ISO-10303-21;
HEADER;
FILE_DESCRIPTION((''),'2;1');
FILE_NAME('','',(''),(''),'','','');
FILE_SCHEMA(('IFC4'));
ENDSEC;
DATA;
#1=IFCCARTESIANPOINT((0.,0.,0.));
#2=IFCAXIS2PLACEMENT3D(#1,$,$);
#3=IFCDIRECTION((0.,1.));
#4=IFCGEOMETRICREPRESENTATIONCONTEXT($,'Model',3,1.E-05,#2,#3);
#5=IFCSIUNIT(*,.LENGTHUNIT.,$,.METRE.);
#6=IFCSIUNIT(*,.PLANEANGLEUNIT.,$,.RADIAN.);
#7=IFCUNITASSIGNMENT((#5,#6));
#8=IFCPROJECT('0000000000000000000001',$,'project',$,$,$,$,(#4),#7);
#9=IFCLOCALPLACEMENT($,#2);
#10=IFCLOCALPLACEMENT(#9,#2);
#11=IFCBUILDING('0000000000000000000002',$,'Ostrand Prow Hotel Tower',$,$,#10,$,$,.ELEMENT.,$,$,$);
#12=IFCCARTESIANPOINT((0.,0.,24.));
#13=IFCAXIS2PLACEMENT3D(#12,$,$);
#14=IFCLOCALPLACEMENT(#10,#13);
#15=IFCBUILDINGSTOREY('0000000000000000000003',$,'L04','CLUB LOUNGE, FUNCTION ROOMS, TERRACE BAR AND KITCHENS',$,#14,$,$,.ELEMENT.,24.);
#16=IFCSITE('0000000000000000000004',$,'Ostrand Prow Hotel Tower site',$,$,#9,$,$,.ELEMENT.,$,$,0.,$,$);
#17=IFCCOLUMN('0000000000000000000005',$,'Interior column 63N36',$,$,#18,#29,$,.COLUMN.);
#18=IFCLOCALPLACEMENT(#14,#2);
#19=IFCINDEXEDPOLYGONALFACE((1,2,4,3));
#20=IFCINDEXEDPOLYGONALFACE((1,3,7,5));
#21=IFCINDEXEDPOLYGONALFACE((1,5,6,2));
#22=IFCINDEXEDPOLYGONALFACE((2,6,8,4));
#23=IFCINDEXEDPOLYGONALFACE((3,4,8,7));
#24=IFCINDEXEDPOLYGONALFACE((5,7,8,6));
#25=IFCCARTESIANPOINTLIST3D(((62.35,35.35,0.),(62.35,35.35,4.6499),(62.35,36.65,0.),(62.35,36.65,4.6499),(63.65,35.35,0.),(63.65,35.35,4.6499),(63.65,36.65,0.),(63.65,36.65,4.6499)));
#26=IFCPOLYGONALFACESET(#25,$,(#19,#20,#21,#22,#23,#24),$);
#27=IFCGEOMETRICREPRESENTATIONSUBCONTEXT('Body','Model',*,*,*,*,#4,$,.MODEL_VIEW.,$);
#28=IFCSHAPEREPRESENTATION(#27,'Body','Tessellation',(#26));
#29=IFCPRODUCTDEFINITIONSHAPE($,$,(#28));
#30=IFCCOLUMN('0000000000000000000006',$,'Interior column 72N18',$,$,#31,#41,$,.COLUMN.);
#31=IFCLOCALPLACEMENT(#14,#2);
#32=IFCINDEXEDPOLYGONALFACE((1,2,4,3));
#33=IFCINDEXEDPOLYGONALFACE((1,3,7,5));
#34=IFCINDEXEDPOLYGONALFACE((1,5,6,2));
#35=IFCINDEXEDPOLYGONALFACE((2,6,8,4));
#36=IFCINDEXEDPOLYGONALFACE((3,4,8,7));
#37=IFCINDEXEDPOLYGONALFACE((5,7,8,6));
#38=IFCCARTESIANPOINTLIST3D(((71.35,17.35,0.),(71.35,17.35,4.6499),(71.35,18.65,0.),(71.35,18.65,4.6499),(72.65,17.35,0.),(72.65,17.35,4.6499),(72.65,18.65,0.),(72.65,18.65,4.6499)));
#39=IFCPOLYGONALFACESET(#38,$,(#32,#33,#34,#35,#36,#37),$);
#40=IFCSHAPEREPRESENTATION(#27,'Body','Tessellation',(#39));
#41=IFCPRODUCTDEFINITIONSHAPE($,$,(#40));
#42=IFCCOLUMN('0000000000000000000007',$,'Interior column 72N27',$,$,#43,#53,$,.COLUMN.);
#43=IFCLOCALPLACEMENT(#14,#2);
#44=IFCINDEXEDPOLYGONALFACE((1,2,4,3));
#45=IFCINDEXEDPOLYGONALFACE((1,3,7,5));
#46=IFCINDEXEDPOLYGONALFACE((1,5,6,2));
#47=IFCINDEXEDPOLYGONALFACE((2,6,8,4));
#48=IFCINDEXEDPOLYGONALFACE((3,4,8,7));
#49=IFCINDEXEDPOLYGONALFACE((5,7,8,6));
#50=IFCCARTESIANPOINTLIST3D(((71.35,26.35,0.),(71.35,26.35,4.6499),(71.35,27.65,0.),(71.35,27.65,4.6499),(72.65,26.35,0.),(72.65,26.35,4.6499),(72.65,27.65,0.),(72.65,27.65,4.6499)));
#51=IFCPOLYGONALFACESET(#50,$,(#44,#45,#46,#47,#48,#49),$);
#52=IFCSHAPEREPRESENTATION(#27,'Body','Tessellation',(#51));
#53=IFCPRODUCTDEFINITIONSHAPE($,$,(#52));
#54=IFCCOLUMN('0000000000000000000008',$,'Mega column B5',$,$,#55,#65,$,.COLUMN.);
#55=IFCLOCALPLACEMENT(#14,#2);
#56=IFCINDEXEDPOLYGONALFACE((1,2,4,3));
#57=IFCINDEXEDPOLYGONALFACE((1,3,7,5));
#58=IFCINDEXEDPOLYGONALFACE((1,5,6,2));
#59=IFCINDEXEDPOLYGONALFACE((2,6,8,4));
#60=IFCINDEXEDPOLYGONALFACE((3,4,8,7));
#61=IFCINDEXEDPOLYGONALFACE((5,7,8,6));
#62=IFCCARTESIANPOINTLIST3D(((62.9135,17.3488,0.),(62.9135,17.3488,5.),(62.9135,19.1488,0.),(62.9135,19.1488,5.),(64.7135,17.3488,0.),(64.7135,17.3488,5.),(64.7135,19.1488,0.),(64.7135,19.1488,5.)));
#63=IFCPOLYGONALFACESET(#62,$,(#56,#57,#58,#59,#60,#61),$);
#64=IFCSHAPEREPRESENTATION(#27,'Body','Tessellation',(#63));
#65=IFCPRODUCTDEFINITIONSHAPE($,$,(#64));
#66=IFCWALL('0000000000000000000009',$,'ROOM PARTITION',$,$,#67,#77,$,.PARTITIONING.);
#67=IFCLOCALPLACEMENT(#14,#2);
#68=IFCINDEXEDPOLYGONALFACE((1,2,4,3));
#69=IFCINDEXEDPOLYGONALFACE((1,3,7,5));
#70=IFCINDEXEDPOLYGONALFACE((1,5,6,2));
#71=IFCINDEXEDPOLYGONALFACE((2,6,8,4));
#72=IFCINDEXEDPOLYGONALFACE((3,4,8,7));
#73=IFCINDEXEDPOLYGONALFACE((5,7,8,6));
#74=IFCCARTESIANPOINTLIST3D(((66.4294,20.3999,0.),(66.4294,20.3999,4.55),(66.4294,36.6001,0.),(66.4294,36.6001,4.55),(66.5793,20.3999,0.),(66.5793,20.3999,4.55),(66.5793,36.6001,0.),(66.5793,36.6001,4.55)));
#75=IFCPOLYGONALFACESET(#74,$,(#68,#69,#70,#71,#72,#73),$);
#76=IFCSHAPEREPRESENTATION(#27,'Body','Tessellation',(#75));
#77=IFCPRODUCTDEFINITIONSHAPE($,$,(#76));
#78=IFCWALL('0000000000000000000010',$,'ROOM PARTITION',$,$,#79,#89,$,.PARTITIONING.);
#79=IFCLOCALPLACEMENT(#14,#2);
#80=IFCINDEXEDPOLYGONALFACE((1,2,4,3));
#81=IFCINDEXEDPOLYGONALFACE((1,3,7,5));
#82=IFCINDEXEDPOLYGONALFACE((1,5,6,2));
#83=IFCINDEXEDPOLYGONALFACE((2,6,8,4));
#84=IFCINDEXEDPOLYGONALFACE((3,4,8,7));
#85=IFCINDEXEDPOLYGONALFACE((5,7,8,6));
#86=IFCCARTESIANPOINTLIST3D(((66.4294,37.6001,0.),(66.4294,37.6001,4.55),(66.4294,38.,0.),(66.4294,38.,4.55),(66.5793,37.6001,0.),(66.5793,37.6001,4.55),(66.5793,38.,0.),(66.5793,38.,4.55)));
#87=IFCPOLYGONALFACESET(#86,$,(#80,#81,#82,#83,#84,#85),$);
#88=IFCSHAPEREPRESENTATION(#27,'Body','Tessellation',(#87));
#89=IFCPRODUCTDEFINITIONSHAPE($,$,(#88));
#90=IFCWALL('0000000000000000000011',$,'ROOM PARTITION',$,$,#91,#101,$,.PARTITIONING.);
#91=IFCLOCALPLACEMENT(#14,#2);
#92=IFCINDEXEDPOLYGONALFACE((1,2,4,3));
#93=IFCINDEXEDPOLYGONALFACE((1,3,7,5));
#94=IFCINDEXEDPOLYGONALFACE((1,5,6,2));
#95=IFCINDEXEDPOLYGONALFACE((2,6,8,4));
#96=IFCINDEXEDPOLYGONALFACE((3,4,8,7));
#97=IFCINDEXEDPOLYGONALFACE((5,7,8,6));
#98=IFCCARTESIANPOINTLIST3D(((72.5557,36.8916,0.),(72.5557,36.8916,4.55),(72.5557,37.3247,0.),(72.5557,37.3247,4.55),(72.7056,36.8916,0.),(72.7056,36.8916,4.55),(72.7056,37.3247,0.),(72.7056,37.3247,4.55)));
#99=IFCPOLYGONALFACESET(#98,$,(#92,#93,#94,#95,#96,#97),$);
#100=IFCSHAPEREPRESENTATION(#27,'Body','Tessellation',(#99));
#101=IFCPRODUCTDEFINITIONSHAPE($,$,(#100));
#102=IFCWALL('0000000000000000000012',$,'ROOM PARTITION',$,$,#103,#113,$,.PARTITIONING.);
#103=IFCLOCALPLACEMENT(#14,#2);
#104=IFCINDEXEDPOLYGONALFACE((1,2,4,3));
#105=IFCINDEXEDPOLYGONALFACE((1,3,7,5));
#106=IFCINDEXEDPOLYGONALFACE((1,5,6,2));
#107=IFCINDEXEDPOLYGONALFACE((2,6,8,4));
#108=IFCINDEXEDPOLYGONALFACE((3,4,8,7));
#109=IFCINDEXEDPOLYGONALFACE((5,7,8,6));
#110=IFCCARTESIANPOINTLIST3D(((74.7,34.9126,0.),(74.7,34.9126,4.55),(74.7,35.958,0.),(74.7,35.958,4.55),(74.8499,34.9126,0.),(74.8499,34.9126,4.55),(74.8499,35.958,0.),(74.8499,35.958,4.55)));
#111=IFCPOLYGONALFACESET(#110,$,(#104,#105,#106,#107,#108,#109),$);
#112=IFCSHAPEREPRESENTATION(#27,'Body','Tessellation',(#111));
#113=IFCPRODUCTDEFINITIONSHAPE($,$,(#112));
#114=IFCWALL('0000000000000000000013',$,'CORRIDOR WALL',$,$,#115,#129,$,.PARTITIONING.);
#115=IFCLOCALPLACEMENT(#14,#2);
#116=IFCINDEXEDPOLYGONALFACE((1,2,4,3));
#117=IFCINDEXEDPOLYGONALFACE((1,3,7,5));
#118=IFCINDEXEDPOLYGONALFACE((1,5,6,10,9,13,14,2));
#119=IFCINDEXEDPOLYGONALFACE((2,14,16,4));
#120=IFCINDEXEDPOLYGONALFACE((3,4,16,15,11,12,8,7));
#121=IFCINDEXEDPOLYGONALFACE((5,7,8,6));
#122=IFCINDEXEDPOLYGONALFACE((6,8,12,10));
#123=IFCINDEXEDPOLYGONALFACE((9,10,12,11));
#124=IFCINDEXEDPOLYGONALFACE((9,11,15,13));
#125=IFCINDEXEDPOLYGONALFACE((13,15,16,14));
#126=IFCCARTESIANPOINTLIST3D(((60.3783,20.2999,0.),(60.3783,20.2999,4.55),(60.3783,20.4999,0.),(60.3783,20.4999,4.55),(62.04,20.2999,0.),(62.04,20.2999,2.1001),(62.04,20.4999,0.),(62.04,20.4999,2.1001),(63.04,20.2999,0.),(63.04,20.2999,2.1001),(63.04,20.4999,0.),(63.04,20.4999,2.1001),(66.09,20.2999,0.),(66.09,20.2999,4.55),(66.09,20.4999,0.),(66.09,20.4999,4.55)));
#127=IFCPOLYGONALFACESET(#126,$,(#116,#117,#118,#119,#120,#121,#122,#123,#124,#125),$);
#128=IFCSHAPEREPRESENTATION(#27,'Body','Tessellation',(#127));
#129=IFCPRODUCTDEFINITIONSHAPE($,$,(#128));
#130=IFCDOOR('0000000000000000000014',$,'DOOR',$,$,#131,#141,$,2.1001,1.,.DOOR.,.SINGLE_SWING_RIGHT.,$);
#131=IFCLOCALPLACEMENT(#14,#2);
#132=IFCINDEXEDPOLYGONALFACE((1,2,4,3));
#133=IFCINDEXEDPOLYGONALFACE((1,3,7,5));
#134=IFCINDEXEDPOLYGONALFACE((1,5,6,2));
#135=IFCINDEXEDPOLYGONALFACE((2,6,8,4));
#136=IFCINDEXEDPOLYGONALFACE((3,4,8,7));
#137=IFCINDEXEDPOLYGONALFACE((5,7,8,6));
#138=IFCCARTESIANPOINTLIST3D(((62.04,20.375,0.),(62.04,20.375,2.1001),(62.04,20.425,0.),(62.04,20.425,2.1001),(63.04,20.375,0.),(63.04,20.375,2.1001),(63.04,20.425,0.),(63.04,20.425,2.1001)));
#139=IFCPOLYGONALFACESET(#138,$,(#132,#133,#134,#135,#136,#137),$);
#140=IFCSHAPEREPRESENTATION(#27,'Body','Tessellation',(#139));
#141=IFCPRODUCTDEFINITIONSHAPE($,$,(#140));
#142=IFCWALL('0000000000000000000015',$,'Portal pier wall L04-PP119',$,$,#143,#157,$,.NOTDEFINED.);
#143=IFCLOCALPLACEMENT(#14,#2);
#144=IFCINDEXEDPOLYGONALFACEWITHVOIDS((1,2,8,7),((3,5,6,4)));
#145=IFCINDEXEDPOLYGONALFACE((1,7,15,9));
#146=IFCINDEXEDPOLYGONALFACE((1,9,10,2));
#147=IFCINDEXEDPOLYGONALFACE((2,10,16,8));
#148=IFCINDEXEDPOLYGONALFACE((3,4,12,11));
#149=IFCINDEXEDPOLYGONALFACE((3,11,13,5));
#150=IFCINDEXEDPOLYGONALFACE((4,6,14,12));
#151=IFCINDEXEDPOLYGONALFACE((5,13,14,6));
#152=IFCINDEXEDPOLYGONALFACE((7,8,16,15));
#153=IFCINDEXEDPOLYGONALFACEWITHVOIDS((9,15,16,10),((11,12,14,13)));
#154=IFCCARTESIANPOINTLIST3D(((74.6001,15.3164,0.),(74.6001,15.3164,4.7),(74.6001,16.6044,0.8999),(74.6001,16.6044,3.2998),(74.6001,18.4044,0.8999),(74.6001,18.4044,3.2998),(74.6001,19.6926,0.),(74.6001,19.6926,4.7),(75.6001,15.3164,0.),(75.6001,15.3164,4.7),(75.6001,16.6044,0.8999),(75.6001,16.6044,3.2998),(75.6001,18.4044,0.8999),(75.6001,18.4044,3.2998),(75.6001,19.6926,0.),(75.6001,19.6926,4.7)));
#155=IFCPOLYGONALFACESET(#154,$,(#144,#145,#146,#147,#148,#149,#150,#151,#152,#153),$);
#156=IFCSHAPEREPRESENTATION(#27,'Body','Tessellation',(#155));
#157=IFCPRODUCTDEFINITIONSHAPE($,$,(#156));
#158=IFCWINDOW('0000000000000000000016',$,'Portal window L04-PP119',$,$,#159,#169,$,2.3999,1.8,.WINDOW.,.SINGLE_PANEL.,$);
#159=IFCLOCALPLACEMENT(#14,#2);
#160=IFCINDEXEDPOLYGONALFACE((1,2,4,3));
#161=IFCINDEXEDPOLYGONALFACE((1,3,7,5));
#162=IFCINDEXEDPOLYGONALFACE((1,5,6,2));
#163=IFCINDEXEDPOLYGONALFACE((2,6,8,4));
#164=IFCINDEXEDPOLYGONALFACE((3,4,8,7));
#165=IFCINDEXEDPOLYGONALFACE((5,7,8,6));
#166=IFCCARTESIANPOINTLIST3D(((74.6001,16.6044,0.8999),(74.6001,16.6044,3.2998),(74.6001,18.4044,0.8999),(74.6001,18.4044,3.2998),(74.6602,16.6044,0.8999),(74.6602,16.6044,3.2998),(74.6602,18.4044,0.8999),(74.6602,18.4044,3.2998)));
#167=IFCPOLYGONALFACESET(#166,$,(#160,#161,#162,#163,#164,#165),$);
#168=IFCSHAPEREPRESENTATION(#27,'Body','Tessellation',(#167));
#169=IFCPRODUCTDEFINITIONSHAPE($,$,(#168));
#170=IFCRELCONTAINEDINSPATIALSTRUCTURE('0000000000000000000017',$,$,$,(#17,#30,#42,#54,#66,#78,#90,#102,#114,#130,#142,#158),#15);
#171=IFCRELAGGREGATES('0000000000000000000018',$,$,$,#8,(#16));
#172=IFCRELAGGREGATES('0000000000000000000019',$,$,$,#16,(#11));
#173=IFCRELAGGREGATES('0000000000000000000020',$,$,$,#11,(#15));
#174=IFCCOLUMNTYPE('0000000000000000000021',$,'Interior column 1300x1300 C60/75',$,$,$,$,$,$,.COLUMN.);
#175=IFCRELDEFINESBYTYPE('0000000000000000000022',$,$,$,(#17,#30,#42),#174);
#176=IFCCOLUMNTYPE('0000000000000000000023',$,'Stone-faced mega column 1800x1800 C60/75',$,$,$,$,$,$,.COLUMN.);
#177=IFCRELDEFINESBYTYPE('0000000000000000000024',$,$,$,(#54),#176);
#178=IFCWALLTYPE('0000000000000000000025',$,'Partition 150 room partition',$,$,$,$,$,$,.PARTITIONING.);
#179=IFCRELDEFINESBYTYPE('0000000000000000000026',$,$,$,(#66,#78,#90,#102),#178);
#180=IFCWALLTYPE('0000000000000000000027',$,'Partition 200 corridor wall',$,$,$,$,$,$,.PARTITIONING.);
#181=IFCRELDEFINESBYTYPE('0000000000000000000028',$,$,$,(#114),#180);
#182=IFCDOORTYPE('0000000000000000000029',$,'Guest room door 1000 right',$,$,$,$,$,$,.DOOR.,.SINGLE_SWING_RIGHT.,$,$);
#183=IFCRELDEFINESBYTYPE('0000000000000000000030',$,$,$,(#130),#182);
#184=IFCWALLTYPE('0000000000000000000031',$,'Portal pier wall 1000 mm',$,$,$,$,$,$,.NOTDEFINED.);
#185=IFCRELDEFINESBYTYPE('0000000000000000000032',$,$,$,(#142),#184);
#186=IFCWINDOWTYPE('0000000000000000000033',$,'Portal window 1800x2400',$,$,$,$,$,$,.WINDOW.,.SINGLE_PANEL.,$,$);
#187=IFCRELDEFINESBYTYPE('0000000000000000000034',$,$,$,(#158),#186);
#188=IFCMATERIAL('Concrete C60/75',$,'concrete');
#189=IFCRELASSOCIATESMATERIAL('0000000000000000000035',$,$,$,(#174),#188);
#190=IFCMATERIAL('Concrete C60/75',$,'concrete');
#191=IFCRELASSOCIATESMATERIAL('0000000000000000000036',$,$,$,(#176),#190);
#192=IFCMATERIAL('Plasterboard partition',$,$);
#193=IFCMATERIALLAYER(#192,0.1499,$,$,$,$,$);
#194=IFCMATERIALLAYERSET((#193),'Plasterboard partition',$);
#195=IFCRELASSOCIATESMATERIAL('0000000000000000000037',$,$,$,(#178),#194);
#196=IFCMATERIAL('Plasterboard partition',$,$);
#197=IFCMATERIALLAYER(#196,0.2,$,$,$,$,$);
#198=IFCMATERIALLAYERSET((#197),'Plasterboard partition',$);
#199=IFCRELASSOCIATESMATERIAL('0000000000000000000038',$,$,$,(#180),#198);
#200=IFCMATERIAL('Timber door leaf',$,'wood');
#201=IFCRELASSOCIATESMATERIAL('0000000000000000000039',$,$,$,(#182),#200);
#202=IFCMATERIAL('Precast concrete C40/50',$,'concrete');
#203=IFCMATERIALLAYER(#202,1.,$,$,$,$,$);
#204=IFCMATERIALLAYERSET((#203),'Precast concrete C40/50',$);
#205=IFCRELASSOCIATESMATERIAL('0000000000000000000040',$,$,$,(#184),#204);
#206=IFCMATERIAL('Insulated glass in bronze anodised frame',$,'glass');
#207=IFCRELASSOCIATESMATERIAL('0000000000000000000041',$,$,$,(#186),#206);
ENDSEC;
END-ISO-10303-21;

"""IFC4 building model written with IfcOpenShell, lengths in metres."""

from ifc_helpers import new_model, si_unit, direction, frame, frame_2d, origin, origin_2d, place, context, subcontext, project, spatial, polyline, rectangle, outline, extrude, material, layer, layer_set, material_profile, profile_set, type_object, element, fill, save


model = new_model("IFC4")

# Units and contexts
model_context = context("Model", 3, precision=1e-05, world=origin(), true_north=direction((0.0, 1.0)))
body_context = subcontext(model_context, "Body", "Model", "MODEL_VIEW")
ifc_project = project(units=[si_unit("LENGTHUNIT", "METRE"), si_unit("PLANEANGLEUNIT", "RADIAN")], contexts=[model_context])

# Site, building, storey
site_placement = place(None, origin())
site = spatial("IfcSite", under=ifc_project, at=site_placement, Name="Ostrand Prow Hotel Tower site", CompositionType="ELEMENT", RefElevation=0.0)
building_placement = place(site_placement, origin())
building = spatial("IfcBuilding", under=site, at=building_placement, Name="Ostrand Prow Hotel Tower", CompositionType="ELEMENT")
storey_placement = place(building_placement, frame((0.0, 0.0, 24.0)))
storey = spatial("IfcBuildingStorey", under=building, at=storey_placement, Name="L04", Description="CLUB LOUNGE, FUNCTION ROOMS, TERRACE BAR AND KITCHENS", CompositionType="ELEMENT", Elevation=24.0)

# Columns
ifc_material_1 = material(Name="Concrete C60/75", Category="concrete")
ifc_material_profile_1 = material_profile(ifc_material_1, rectangle(XDim=1.3, YDim=1.3, at=origin_2d()), Name="RC 1300x1300")
ifc_profile_set_1 = profile_set([ifc_material_profile_1], Name="Concrete C60/75")
column_type_1 = type_object("IfcColumnType", Name="Interior column 1300x1300 C60/75", PredefinedType="COLUMN", material=ifc_profile_set_1)
for number, where, z_axis, x_axis, name in (
    (1, (63.0, 36.0, 0.0), (0.0, 0.0, 1.0), (1.0, 0.0, 0.0), "Interior column 63N36"),
    (2, (72.0, 18.0, 0.0), (0.0, 0.0, 1.0), (1.0, 0.0, 0.0), "Interior column 72N18"),
    (3, (72.0, 27.0, 0.0), (0.0, 0.0, 1.0), (1.0, 0.0, 0.0), "Interior column 72N27"),
):
    element("IfcColumn", number, at=place(storey_placement, frame(where, z_axis=z_axis, x_axis=x_axis)), inside=storey, type_object=column_type_1, Name=name, PredefinedType="COLUMN", context=body_context, shape_type="SweptSolid", body=[
        extrude(rectangle(XDim=1.3, YDim=1.3, at=origin_2d()), origin(), (0.0, 0.0, 1.0), 4.6499),
    ])
ifc_material_2 = material(Name="Concrete C60/75", Category="concrete")
ifc_material_profile_2 = material_profile(ifc_material_2, rectangle(XDim=1.8, YDim=1.8, at=origin_2d()), Name="RC 1800x1800")
ifc_profile_set_2 = profile_set([ifc_material_profile_2], Name="Concrete C60/75")
column_type_2 = type_object("IfcColumnType", Name="Stone-faced mega column 1800x1800 C60/75", PredefinedType="COLUMN", material=ifc_profile_set_2)
column_placement = place(storey_placement, frame((63.8135, 18.2488, 0.0), z_axis=(0.0, 0.0, 1.0), x_axis=(1.0, 0.0, 0.0)))
element("IfcColumn", 4, at=column_placement, inside=storey, type_object=column_type_2, Name="Mega column B5", PredefinedType="COLUMN", context=body_context, shape_type="SweptSolid", body=[
    extrude(rectangle(XDim=1.8, YDim=1.8, at=origin_2d()), origin(), (0.0, 0.0, 1.0), 5.0),
])

# Walls
ifc_material_3 = material(Name="Plasterboard partition")
ifc_layer_1 = layer(ifc_material_3, 0.1499)
ifc_layer_set_1 = layer_set([ifc_layer_1], Name="Plasterboard partition")
wall_type_1 = type_object("IfcWallType", Name="Partition 150 room partition", PredefinedType="PARTITIONING", material=ifc_layer_set_1)
wall_1_placement = place(storey_placement, frame((66.5044, 20.3999, 0.0), z_axis=(0.0, 0.0, 1.0), x_axis=(0.0, 1.0, 0.0)))
element("IfcWall", 5, at=wall_1_placement, inside=storey, type_object=wall_type_1, Name="ROOM PARTITION", PredefinedType="PARTITIONING", context=body_context, shape_type="SweptSolid", body=[
    extrude(rectangle(XDim=16.2002, YDim=0.1499, at=frame_2d((8.1001, 0.0))), origin(), (0.0, 0.0, 1.0), 4.55),
])
wall_2_placement = place(storey_placement, frame((66.5044, 37.6001, 0.0), z_axis=(0.0, 0.0, 1.0), x_axis=(0.0, 1.0, 0.0)))
element("IfcWall", 6, at=wall_2_placement, inside=storey, type_object=wall_type_1, Name="ROOM PARTITION", PredefinedType="PARTITIONING", context=body_context, shape_type="SweptSolid", body=[
    extrude(rectangle(XDim=0.3999, YDim=0.1499, at=frame_2d((0.2, 0.0))), origin(), (0.0, 0.0, 1.0), 4.55),
])
wall_3_placement = place(storey_placement, frame((72.6306, 36.8916, 0.0), z_axis=(0.0, 0.0, 1.0), x_axis=(0.0, 1.0, 0.0)))
element("IfcWall", 7, at=wall_3_placement, inside=storey, type_object=wall_type_1, Name="ROOM PARTITION", PredefinedType="PARTITIONING", context=body_context, shape_type="SweptSolid", body=[
    extrude(rectangle(XDim=0.4331, YDim=0.1499, at=frame_2d((0.2166, 0.0))), origin(), (0.0, 0.0, 1.0), 4.55),
])
wall_4_placement = place(storey_placement, frame((74.7749, 34.9126, 0.0), z_axis=(0.0, 0.0, 1.0), x_axis=(0.0, 1.0, 0.0)))
element("IfcWall", 8, at=wall_4_placement, inside=storey, type_object=wall_type_1, Name="ROOM PARTITION", PredefinedType="PARTITIONING", context=body_context, shape_type="SweptSolid", body=[
    extrude(rectangle(XDim=1.0454, YDim=0.1499, at=frame_2d((0.5227, 0.0))), origin(), (0.0, 0.0, 1.0), 4.55),
])

# Wall, opening, door
ifc_material_4 = material(Name="Plasterboard partition")
ifc_layer_2 = layer(ifc_material_4, 0.2)
ifc_layer_set_2 = layer_set([ifc_layer_2], Name="Plasterboard partition")
wall_type_2 = type_object("IfcWallType", Name="Partition 200 corridor wall", PredefinedType="PARTITIONING", material=ifc_layer_set_2)
wall_5_placement = place(storey_placement, frame((66.0901, 20.3999, 0.0), z_axis=(0.0, 0.0, 1.0), x_axis=(-1.0, 0.0, 0.0)))
wall_5 = element("IfcWall", 9, at=wall_5_placement, inside=storey, type_object=wall_type_2, Name="CORRIDOR WALL", PredefinedType="PARTITIONING", context=body_context, shape_type="SweptSolid", body=[
    extrude(rectangle(XDim=5.7117, YDim=0.2, at=frame_2d((2.856, 0.0))), origin(), (0.0, 0.0, 1.0), 4.55),
])
opening_1_placement = place(wall_5_placement, frame((3.05, 0.0, 0.0)))
opening_1 = element("IfcOpeningElement", 10, at=opening_1_placement, cuts=wall_5, PredefinedType="OPENING", context=body_context, shape_type="SweptSolid", body=[
    extrude(rectangle(XDim=1.0, YDim=2.1001, at=frame_2d((0.5, 1.05))), frame((0.0, 0.1099, 0.0), z_axis=(0.0, -1.0, 0.0), x_axis=(1.0, 0.0, 0.0)), (0.0, 0.0, 1.0), 0.22),
])
ifc_material_5 = material(Name="Timber door leaf", Category="wood")
door_type = type_object("IfcDoorType", Name="Guest room door 1000 right", OperationType="SINGLE_SWING_RIGHT", PredefinedType="DOOR", material=ifc_material_5)
door_placement = place(opening_1_placement, origin())
door = element("IfcDoor", 11, at=door_placement, inside=storey, type_object=door_type, Name="DOOR", OperationType="SINGLE_SWING_RIGHT", OverallHeight=2.1001, OverallWidth=1.0, PredefinedType="DOOR", context=body_context, shape_type="SweptSolid", body=[
    extrude(rectangle(XDim=1.0, YDim=2.1001, at=frame_2d((0.5, 1.05))), frame((0.0, 0.0249, 0.0), z_axis=(0.0, -1.0, 0.0), x_axis=(1.0, 0.0, 0.0)), (0.0, 0.0, 1.0), 0.05),
])
fill(opening_1, door)

# Wall, opening, window
ifc_material_6 = material(Name="Precast concrete C40/50", Category="concrete")
ifc_layer_3 = layer(ifc_material_6, 1.0)
ifc_layer_set_3 = layer_set([ifc_layer_3], Name="Precast concrete C40/50")
wall_type_3 = type_object("IfcWallType", Name="Portal pier wall 1000 mm", PredefinedType="NOTDEFINED", material=ifc_layer_set_3)
wall_6_placement = place(storey_placement, frame((75.1001, 15.3164, 0.0), z_axis=(0.0, 0.0, 1.0), x_axis=(0.0, 1.0, 0.0)))
wall_6 = element("IfcWall", 12, at=wall_6_placement, inside=storey, type_object=wall_type_3, Name="Portal pier wall L04-PP119", PredefinedType="NOTDEFINED", context=body_context, shape_type="SweptSolid", body=[
    extrude(outline(polyline([(0.0, -0.5), (4.3762, -0.5), (4.3762, 0.5), (0.0, 0.5), (0.0, -0.5)])), origin(), (0.0, 0.0, 1.0), 4.7),
])
opening_2_placement = place(wall_6_placement, frame((1.2881, 0.0, 0.8999)))
opening_2 = element("IfcOpeningElement", 13, at=opening_2_placement, cuts=wall_6, PredefinedType="OPENING", context=body_context, shape_type="SweptSolid", body=[
    extrude(rectangle(XDim=1.8, YDim=2.3999, at=frame_2d((0.8999, 1.2))), frame((0.0, 0.51, 0.0), z_axis=(0.0, -1.0, 0.0), x_axis=(1.0, 0.0, 0.0)), (0.0, 0.0, 1.0), 1.02),
])
ifc_material_7 = material(Name="Insulated glass in bronze anodised frame", Category="glass")
window_type = type_object("IfcWindowType", Name="Portal window 1800x2400", PartitioningType="SINGLE_PANEL", PredefinedType="WINDOW", material=ifc_material_7)
window_1_placement = place(opening_2_placement, origin())
window_1 = element("IfcWindow", 14, at=window_1_placement, inside=storey, type_object=window_type, Name="Portal window L04-PP119", OverallHeight=2.3999, OverallWidth=1.8, PartitioningType="SINGLE_PANEL", PredefinedType="WINDOW", context=body_context, shape_type="SweptSolid", body=[
    extrude(rectangle(XDim=1.8, YDim=2.3999, at=frame_2d((0.8999, 1.2))), frame((0.0, 0.5, 0.0), z_axis=(0.0, -1.0, 0.0), x_axis=(1.0, 0.0, 0.0)), (0.0, 0.0, 1.0), 0.0601),
])
fill(opening_2, window_1)

save(model, "model.ifc")
